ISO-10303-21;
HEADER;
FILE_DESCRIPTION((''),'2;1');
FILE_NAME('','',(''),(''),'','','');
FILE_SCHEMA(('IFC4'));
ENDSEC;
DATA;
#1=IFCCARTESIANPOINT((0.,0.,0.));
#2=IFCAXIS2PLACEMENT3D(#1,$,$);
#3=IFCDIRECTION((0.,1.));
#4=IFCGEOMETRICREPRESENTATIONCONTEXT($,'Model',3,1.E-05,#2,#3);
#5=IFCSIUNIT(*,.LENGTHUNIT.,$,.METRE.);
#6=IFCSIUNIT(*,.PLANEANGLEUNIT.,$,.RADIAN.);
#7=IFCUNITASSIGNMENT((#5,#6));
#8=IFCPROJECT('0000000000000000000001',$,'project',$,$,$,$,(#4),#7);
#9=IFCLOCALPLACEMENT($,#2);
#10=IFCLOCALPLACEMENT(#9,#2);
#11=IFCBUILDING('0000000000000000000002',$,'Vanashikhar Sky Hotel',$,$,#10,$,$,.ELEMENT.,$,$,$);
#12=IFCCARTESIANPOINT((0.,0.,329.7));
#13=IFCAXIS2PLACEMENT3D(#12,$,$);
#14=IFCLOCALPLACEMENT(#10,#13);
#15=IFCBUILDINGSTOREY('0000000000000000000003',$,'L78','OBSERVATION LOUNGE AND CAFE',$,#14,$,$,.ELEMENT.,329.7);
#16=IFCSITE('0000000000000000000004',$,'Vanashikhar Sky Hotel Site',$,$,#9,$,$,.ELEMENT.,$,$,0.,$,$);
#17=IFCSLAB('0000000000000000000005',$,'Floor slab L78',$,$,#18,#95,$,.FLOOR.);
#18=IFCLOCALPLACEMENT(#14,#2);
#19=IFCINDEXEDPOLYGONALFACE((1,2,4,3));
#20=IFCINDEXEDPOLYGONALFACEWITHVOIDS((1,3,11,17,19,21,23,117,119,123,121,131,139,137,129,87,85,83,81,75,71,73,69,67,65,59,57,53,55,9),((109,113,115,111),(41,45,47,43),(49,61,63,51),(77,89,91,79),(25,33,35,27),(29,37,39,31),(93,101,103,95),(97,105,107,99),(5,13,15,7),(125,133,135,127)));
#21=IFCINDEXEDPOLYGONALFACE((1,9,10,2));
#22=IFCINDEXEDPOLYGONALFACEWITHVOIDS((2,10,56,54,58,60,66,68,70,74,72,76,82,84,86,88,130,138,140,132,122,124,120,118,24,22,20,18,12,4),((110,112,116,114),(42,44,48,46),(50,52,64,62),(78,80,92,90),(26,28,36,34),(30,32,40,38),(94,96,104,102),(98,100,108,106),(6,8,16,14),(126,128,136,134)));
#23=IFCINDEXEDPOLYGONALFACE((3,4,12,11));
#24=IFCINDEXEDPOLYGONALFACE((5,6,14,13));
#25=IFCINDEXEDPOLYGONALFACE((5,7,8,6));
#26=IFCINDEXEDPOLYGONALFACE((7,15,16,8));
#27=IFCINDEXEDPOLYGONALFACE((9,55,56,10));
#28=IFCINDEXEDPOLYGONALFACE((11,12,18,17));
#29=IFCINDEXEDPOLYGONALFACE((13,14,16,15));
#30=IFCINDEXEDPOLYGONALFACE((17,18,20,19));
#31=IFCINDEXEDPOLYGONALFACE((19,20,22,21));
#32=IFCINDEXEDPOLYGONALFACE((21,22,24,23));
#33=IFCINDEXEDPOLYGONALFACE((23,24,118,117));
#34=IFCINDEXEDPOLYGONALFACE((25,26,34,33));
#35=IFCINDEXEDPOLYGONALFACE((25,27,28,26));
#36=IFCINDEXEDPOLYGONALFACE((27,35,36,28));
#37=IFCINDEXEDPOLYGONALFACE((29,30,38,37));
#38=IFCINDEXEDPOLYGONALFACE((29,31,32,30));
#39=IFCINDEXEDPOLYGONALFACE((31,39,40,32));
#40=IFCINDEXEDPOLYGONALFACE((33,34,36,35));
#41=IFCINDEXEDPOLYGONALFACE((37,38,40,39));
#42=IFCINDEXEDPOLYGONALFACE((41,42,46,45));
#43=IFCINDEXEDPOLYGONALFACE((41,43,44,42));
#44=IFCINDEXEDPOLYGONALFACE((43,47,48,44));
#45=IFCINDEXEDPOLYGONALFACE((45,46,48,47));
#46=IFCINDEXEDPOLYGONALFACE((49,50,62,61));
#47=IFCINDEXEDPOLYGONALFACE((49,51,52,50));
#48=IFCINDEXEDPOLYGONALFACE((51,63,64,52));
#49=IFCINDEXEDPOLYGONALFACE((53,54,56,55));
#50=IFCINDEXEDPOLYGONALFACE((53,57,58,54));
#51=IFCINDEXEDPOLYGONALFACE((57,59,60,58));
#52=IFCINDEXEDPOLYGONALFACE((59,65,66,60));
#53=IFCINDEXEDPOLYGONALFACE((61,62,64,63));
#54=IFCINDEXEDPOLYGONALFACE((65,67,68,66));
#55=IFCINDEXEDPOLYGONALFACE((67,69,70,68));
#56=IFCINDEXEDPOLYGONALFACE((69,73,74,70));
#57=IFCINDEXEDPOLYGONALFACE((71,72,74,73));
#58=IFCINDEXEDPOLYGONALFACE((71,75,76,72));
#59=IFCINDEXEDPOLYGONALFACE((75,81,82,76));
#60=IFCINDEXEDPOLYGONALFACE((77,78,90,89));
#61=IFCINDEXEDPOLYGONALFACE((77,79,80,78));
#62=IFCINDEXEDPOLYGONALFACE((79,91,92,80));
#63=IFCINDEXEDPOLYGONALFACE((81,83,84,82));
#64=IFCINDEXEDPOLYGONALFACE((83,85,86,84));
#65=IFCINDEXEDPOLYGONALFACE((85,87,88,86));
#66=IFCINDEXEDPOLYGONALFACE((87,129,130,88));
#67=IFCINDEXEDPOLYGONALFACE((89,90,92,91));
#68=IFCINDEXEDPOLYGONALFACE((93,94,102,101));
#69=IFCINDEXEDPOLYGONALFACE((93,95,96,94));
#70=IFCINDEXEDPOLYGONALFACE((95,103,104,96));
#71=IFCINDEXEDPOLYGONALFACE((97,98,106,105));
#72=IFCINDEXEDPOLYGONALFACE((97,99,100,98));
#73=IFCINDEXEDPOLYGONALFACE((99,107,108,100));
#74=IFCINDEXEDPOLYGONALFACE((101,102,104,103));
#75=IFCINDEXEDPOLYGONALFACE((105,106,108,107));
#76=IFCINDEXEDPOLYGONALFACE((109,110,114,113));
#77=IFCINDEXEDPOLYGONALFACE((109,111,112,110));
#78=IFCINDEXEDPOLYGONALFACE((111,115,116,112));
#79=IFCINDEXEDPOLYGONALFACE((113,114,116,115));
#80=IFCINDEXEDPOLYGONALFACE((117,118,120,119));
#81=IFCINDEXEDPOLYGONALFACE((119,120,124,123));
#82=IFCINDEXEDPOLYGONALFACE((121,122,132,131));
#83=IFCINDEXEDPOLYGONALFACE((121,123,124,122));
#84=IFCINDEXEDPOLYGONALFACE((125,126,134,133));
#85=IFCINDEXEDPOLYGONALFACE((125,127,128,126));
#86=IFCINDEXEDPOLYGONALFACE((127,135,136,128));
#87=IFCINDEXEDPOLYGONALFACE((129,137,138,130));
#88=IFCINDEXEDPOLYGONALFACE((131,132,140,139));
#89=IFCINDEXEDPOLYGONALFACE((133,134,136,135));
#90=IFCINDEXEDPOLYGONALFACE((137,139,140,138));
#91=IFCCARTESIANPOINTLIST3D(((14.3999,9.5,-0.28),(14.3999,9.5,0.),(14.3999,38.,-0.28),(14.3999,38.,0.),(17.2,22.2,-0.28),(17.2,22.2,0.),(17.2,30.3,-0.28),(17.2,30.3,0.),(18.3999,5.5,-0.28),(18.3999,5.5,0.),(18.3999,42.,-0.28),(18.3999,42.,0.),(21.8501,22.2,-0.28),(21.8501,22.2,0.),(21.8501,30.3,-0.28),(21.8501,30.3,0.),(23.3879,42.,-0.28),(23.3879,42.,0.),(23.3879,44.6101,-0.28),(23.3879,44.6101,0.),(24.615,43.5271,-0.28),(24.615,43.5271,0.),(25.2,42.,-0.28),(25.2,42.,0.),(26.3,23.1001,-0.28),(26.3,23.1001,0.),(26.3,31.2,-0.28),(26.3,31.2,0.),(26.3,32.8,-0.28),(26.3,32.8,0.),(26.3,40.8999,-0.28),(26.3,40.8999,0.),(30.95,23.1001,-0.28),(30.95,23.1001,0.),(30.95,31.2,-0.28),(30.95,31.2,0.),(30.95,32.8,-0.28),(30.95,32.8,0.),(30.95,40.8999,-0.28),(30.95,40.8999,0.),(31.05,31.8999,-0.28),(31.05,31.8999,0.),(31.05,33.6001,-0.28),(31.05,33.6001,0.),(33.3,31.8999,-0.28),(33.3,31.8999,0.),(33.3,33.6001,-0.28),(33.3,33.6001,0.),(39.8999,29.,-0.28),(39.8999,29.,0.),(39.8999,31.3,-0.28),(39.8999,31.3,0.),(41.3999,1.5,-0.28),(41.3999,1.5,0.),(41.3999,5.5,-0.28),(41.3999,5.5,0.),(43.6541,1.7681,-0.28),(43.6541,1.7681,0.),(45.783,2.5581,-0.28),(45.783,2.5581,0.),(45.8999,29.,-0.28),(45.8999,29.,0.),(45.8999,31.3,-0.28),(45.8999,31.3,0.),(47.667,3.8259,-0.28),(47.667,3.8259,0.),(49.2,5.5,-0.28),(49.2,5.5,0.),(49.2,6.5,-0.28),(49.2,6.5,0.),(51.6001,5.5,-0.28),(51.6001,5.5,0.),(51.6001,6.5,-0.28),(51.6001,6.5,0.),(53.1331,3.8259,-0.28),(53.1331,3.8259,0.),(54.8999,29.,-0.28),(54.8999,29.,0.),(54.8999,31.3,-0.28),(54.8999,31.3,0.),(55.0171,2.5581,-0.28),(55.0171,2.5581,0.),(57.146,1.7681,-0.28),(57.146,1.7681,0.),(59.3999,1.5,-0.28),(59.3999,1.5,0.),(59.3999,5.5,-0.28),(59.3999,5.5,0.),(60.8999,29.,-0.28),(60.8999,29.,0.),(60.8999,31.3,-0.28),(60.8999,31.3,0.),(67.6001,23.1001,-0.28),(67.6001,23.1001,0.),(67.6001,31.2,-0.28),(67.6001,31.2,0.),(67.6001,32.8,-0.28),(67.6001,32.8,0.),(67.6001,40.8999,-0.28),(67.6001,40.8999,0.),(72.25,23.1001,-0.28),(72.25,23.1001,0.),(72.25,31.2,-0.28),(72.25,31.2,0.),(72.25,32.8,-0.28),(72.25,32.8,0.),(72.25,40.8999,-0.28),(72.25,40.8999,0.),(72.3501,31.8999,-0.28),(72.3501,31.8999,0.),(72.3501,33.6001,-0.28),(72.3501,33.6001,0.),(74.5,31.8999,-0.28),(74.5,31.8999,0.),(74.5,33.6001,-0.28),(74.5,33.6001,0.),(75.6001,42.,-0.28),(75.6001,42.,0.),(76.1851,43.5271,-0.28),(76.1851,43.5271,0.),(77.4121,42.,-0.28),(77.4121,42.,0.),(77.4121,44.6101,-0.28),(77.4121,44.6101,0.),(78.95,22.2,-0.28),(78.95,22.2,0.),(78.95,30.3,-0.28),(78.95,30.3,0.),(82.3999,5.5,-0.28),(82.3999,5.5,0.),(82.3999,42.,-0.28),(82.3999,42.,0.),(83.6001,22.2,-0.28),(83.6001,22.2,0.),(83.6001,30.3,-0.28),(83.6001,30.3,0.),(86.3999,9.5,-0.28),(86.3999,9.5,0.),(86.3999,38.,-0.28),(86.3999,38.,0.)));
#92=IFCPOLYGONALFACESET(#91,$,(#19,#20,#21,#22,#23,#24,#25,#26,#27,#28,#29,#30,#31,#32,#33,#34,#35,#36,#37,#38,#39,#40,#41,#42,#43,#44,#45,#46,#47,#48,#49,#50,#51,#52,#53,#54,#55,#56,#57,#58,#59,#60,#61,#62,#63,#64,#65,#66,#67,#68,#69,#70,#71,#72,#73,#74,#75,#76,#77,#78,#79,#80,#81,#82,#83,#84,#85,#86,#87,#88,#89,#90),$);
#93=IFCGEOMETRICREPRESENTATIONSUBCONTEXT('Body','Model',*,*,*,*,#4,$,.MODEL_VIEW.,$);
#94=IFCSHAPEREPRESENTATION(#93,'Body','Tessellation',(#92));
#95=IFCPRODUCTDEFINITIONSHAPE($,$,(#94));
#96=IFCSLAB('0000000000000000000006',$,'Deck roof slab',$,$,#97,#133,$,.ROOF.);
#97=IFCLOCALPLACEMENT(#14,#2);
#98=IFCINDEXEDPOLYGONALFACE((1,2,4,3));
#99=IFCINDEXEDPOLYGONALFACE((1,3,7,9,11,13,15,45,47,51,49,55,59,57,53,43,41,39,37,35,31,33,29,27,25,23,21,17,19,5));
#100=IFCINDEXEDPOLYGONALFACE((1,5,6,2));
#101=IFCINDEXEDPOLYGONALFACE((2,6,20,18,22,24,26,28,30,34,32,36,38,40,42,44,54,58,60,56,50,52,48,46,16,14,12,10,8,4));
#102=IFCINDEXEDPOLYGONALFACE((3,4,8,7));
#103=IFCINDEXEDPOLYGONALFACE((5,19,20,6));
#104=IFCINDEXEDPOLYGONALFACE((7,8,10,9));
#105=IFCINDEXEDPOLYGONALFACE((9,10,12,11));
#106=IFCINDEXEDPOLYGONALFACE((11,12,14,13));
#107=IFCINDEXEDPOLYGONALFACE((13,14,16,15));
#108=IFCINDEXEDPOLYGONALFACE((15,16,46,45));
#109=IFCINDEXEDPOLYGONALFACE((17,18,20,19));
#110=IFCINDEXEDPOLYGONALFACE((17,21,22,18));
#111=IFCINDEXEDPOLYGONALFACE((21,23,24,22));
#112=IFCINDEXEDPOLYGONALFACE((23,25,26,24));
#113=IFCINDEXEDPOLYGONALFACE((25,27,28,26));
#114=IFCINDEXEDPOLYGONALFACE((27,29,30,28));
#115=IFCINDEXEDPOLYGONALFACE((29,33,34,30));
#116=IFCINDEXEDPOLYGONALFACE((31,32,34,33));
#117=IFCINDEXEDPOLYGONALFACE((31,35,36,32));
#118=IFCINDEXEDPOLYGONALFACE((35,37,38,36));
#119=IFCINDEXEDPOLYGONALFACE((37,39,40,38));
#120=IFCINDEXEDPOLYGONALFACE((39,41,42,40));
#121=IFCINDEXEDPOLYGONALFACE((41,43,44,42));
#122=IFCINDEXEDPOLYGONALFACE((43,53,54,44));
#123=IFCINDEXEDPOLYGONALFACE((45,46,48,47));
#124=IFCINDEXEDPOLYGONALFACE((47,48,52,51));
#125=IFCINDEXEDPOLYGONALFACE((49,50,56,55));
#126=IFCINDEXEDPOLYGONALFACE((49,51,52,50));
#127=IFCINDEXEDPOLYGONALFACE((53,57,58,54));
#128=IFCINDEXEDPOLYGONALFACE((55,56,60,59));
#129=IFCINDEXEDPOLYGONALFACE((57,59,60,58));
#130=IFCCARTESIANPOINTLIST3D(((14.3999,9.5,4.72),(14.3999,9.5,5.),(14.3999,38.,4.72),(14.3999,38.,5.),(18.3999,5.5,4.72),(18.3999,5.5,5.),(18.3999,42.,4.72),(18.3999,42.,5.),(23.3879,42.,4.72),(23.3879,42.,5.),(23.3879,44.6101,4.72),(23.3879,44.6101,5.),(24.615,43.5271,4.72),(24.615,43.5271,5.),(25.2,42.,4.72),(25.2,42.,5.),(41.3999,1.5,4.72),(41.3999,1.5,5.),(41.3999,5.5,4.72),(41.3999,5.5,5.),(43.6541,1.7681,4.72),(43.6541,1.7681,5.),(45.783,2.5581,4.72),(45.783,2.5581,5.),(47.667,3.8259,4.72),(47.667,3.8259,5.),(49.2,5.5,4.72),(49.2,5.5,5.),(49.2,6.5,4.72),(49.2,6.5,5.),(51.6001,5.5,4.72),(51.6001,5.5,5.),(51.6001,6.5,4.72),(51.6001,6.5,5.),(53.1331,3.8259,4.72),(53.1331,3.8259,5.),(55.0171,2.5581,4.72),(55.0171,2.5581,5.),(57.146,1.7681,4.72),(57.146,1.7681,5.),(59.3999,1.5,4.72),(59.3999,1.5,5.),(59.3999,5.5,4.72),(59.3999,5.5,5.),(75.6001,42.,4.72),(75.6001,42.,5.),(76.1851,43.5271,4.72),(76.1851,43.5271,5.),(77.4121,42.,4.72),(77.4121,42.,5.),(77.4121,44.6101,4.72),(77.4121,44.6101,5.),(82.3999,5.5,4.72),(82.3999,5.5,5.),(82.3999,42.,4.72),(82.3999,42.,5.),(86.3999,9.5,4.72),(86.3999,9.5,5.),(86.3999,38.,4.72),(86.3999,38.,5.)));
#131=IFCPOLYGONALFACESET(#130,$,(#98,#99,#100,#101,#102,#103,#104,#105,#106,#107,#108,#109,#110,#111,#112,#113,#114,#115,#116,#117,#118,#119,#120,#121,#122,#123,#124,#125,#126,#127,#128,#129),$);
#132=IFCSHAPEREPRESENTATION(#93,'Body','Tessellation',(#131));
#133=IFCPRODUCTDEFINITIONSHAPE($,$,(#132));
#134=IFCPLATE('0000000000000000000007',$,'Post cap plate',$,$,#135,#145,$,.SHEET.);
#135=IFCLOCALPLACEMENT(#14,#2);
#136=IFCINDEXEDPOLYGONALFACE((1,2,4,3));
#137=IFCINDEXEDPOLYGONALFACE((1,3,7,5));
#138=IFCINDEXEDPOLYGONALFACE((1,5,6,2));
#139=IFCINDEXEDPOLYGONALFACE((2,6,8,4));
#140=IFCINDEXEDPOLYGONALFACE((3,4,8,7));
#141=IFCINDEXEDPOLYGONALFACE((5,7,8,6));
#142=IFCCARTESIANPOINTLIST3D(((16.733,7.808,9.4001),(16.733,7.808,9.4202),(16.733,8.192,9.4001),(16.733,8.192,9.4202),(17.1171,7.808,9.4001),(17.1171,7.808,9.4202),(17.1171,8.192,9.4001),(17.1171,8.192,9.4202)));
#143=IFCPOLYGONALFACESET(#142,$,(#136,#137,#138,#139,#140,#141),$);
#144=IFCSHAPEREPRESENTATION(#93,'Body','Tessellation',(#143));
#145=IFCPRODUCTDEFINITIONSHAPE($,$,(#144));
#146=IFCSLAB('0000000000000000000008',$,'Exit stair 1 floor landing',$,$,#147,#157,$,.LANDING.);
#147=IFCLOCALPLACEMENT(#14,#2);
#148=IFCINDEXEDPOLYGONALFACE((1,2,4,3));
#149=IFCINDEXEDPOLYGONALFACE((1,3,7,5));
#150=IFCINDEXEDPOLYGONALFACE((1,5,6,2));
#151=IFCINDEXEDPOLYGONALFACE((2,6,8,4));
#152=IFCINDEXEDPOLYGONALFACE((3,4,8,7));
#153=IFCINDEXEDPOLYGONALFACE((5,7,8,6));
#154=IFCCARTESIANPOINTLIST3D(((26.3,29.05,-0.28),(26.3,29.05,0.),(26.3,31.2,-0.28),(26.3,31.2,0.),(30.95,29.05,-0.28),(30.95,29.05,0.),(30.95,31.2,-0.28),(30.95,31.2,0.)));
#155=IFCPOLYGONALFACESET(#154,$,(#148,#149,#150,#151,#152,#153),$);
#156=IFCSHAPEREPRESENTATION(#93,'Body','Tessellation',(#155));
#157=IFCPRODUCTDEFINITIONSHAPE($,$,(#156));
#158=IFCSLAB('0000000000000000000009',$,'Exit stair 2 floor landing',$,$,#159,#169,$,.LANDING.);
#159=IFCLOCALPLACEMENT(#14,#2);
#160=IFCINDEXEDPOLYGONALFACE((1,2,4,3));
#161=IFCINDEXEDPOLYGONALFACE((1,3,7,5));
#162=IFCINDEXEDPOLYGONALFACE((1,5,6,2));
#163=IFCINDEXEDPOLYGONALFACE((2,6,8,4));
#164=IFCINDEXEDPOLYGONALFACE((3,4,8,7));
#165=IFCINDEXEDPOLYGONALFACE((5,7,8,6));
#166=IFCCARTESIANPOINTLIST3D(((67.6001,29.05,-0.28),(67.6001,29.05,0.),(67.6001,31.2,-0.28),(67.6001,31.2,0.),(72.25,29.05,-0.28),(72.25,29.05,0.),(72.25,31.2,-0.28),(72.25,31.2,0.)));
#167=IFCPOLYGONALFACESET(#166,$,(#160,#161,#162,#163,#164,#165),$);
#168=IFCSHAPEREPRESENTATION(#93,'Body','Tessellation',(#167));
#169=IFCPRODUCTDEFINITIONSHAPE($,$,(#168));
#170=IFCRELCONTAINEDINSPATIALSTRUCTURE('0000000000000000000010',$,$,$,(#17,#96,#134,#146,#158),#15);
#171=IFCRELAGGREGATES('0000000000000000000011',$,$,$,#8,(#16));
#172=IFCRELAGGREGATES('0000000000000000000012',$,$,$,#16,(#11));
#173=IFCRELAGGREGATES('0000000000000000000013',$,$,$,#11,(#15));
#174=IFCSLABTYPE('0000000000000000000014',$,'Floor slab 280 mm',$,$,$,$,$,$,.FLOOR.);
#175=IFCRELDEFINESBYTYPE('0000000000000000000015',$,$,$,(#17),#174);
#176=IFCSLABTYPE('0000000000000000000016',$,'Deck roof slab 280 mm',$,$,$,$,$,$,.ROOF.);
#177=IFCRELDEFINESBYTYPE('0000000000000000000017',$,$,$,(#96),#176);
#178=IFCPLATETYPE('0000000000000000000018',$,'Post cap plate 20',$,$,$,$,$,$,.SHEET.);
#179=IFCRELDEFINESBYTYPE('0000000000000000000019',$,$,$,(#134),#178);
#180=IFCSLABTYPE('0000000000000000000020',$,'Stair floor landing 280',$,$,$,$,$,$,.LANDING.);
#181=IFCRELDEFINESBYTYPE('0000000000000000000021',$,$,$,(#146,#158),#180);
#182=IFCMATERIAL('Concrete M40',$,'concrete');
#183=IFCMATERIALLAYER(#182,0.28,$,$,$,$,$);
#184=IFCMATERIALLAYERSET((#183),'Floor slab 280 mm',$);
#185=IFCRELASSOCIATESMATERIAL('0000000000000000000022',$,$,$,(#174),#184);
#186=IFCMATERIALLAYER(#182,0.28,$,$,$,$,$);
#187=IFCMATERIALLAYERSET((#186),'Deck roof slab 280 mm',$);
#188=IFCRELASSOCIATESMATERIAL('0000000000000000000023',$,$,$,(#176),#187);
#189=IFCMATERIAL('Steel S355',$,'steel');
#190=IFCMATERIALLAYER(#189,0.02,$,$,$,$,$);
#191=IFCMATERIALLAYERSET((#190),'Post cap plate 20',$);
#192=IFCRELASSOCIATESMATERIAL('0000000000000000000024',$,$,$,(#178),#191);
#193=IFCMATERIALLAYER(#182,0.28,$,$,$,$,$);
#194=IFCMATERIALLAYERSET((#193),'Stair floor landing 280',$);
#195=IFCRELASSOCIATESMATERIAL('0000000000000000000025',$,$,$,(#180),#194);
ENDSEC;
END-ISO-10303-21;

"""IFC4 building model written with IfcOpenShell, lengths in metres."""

from ifc_helpers import new_model, si_unit, direction, frame, origin, origin_2d, place, context, subcontext, project, spatial, polyline, rectangle, outline, extrude, source, transform, mapped, material, layer, layer_set, type_object, element, save


model = new_model("IFC4")

# Units and contexts
model_context = context("Model", 3, precision=1e-05, world=origin(), true_north=direction((0.0, 1.0)))
body_context = subcontext(model_context, "Body", "Model", "MODEL_VIEW")
ifc_project = project(units=[si_unit("LENGTHUNIT", "METRE"), si_unit("PLANEANGLEUNIT", "RADIAN")], contexts=[model_context])

# Site, building, storey
site_placement = place(None, origin())
site = spatial("IfcSite", under=ifc_project, at=site_placement, Name="Vanashikhar Sky Hotel Site", CompositionType="ELEMENT", RefElevation=0.0)
building_placement = place(site_placement, origin())
building = spatial("IfcBuilding", under=site, at=building_placement, Name="Vanashikhar Sky Hotel", CompositionType="ELEMENT")
storey_placement = place(building_placement, frame((0.0, 0.0, 329.7)))
storey = spatial("IfcBuildingStorey", under=building, at=storey_placement, Name="L78", Description="OBSERVATION LOUNGE AND CAFE", CompositionType="ELEMENT", Elevation=329.7)

# Shared definitions
ifc_material_1 = material(Name="Steel S355", Category="steel")

# Slabs
ifc_material_2 = material(Name="Concrete M40", Category="concrete")
ifc_layer_1 = layer(ifc_material_2, 0.28)
ifc_layer_set_1 = layer_set([ifc_layer_1], Name="Floor slab 280 mm")
slab_type_1 = type_object("IfcSlabType", Name="Floor slab 280 mm", PredefinedType="FLOOR", material=ifc_layer_set_1)
shared_shape_1 = source(origin(), body_context, "Body", "SweptSolid", [
    extrude(outline(polyline([(49.2, 5.5), (49.2, 6.5), (51.6001, 6.5), (51.6001, 5.5), (53.1331, 3.8259), (55.0171, 2.5581), (57.146, 1.7681), (59.3999, 1.5), (59.3999, 5.5), (82.3999, 5.5), (86.3999, 9.5), (86.3999, 38.0), (82.3999, 42.0), (77.4121, 42.0), (77.4121, 44.6101), (76.1851, 43.5271), (75.6001, 42.0), (25.2, 42.0), (24.615, 43.5271), (23.3879, 44.6101), (23.3879, 42.0), (18.3999, 42.0), (14.3999, 38.0), (14.3999, 9.5), (18.3999, 5.5), (41.3999, 5.5), (41.3999, 1.5), (43.6541, 1.7681), (45.783, 2.5581), (47.667, 3.8259), (49.2, 5.5)]), holes=[polyline([(31.05, 33.6001), (31.05, 31.8999), (33.3, 31.8999), (33.3, 33.6001), (31.05, 33.6001)]), polyline([(39.8999, 29.0), (45.8999, 29.0), (45.8999, 31.3), (39.8999, 31.3), (39.8999, 29.0)]), polyline([(54.8999, 31.3), (54.8999, 29.0), (60.8999, 29.0), (60.8999, 31.3), (54.8999, 31.3)]), polyline([(72.3501, 33.6001), (72.3501, 31.8999), (74.5, 31.8999), (74.5, 33.6001), (72.3501, 33.6001)]), polyline([(30.95, 23.1001), (30.95, 31.2), (26.3, 31.2), (26.3, 23.1001), (30.95, 23.1001)]), polyline([(72.25, 23.1001), (72.25, 31.2), (67.6001, 31.2), (67.6001, 23.1001), (72.25, 23.1001)]), polyline([(30.95, 32.8), (30.95, 40.8999), (26.3, 40.8999), (26.3, 32.8), (30.95, 32.8)]), polyline([(72.25, 32.8), (72.25, 40.8999), (67.6001, 40.8999), (67.6001, 32.8), (72.25, 32.8)]), polyline([(83.6001, 22.2), (83.6001, 30.3), (78.95, 30.3), (78.95, 22.2), (83.6001, 22.2)]), polyline([(21.8501, 22.2), (21.8501, 30.3), (17.2, 30.3), (17.2, 22.2), (21.8501, 22.2)])]), origin(), (0.0, 0.0, 1.0), 0.28),
])
slab_1_placement = place(storey_placement, frame((0.0, 0.0, -0.28)))
element("IfcSlab", 1, at=slab_1_placement, inside=storey, type_object=slab_type_1, Name="Floor slab L78", PredefinedType="FLOOR", context=body_context, shape_type="MappedRepresentation", body=[
    mapped(shared_shape_1, transform((0.0, 0.0, 0.0), scale=1.0)),
])
ifc_layer_2 = layer(ifc_material_2, 0.28)
ifc_layer_set_2 = layer_set([ifc_layer_2], Name="Deck roof slab 280 mm")
slab_type_2 = type_object("IfcSlabType", Name="Deck roof slab 280 mm", PredefinedType="ROOF", material=ifc_layer_set_2)
shared_shape_2 = source(origin(), body_context, "Body", "SweptSolid", [
    extrude(outline(polyline([(49.2, 5.5), (49.2, 6.5), (51.6001, 6.5), (51.6001, 5.5), (53.1331, 3.8259), (55.0171, 2.5581), (57.146, 1.7681), (59.3999, 1.5), (59.3999, 5.5), (82.3999, 5.5), (86.3999, 9.5), (86.3999, 38.0), (82.3999, 42.0), (77.4121, 42.0), (77.4121, 44.6101), (76.1851, 43.5271), (75.6001, 42.0), (25.2, 42.0), (24.615, 43.5271), (23.3879, 44.6101), (23.3879, 42.0), (18.3999, 42.0), (14.3999, 38.0), (14.3999, 9.5), (18.3999, 5.5), (41.3999, 5.5), (41.3999, 1.5), (43.6541, 1.7681), (45.783, 2.5581), (47.667, 3.8259), (49.2, 5.5)])), origin(), (0.0, 0.0, 1.0), 0.28),
])
slab_2_placement = place(storey_placement, frame((0.0, 0.0, 4.72)))
element("IfcSlab", 2, at=slab_2_placement, inside=storey, type_object=slab_type_2, Name="Deck roof slab", PredefinedType="ROOF", context=body_context, shape_type="MappedRepresentation", body=[
    mapped(shared_shape_2, transform((0.0, 0.0, 0.0), scale=1.0)),
])

# Plate
ifc_layer_3 = layer(ifc_material_1, 0.02)
ifc_layer_set_3 = layer_set([ifc_layer_3], Name="Post cap plate 20")
plate_type = type_object("IfcPlateType", Name="Post cap plate 20", PredefinedType="SHEET", material=ifc_layer_set_3)
shared_shape_3 = source(origin(), body_context, "Body", "SweptSolid", [
    extrude(rectangle(XDim=0.384, YDim=0.384, at=origin_2d()), origin(), (0.0, 0.0, 1.0), 0.02),
])
plate_placement = place(storey_placement, frame((16.925, 8.0, 9.4001), z_axis=(0.0, 0.0, 1.0), x_axis=(1.0, 0.0, 0.0)))
element("IfcPlate", 3, at=plate_placement, inside=storey, type_object=plate_type, Name="Post cap plate", PredefinedType="SHEET", context=body_context, shape_type="MappedRepresentation", body=[
    mapped(shared_shape_3, transform((0.0, 0.0, 0.0), scale=1.0)),
])

# Slabs
ifc_layer_4 = layer(ifc_material_2, 0.28)
ifc_layer_set_4 = layer_set([ifc_layer_4], Name="Stair floor landing 280")
slab_type_3 = type_object("IfcSlabType", Name="Stair floor landing 280", PredefinedType="LANDING", material=ifc_layer_set_4)
shared_shape_4 = source(origin(), body_context, "Body", "SweptSolid", [
    extrude(outline(polyline([(30.95, 29.05), (30.95, 31.2), (26.3, 31.2), (26.3, 29.05), (30.95, 29.05)])), origin(), (0.0, 0.0, 1.0), 0.28),
])
slab_3_placement = place(storey_placement, frame((0.0, 0.0, -0.28)))
element("IfcSlab", 4, at=slab_3_placement, inside=storey, type_object=slab_type_3, Name="Exit stair 1 floor landing", PredefinedType="LANDING", context=body_context, shape_type="MappedRepresentation", body=[
    mapped(shared_shape_4, transform((0.0, 0.0, 0.0), scale=1.0)),
])
shared_shape_5 = source(origin(), body_context, "Body", "SweptSolid", [
    extrude(outline(polyline([(72.25, 29.05), (72.25, 31.2), (67.6001, 31.2), (67.6001, 29.05), (72.25, 29.05)])), origin(), (0.0, 0.0, 1.0), 0.28),
])
slab_4_placement = place(storey_placement, frame((0.0, 0.0, -0.28)))
element("IfcSlab", 5, at=slab_4_placement, inside=storey, type_object=slab_type_3, Name="Exit stair 2 floor landing", PredefinedType="LANDING", context=body_context, shape_type="MappedRepresentation", body=[
    mapped(shared_shape_5, transform((0.0, 0.0, 0.0), scale=1.0)),
])

save(model, "model.ifc")
